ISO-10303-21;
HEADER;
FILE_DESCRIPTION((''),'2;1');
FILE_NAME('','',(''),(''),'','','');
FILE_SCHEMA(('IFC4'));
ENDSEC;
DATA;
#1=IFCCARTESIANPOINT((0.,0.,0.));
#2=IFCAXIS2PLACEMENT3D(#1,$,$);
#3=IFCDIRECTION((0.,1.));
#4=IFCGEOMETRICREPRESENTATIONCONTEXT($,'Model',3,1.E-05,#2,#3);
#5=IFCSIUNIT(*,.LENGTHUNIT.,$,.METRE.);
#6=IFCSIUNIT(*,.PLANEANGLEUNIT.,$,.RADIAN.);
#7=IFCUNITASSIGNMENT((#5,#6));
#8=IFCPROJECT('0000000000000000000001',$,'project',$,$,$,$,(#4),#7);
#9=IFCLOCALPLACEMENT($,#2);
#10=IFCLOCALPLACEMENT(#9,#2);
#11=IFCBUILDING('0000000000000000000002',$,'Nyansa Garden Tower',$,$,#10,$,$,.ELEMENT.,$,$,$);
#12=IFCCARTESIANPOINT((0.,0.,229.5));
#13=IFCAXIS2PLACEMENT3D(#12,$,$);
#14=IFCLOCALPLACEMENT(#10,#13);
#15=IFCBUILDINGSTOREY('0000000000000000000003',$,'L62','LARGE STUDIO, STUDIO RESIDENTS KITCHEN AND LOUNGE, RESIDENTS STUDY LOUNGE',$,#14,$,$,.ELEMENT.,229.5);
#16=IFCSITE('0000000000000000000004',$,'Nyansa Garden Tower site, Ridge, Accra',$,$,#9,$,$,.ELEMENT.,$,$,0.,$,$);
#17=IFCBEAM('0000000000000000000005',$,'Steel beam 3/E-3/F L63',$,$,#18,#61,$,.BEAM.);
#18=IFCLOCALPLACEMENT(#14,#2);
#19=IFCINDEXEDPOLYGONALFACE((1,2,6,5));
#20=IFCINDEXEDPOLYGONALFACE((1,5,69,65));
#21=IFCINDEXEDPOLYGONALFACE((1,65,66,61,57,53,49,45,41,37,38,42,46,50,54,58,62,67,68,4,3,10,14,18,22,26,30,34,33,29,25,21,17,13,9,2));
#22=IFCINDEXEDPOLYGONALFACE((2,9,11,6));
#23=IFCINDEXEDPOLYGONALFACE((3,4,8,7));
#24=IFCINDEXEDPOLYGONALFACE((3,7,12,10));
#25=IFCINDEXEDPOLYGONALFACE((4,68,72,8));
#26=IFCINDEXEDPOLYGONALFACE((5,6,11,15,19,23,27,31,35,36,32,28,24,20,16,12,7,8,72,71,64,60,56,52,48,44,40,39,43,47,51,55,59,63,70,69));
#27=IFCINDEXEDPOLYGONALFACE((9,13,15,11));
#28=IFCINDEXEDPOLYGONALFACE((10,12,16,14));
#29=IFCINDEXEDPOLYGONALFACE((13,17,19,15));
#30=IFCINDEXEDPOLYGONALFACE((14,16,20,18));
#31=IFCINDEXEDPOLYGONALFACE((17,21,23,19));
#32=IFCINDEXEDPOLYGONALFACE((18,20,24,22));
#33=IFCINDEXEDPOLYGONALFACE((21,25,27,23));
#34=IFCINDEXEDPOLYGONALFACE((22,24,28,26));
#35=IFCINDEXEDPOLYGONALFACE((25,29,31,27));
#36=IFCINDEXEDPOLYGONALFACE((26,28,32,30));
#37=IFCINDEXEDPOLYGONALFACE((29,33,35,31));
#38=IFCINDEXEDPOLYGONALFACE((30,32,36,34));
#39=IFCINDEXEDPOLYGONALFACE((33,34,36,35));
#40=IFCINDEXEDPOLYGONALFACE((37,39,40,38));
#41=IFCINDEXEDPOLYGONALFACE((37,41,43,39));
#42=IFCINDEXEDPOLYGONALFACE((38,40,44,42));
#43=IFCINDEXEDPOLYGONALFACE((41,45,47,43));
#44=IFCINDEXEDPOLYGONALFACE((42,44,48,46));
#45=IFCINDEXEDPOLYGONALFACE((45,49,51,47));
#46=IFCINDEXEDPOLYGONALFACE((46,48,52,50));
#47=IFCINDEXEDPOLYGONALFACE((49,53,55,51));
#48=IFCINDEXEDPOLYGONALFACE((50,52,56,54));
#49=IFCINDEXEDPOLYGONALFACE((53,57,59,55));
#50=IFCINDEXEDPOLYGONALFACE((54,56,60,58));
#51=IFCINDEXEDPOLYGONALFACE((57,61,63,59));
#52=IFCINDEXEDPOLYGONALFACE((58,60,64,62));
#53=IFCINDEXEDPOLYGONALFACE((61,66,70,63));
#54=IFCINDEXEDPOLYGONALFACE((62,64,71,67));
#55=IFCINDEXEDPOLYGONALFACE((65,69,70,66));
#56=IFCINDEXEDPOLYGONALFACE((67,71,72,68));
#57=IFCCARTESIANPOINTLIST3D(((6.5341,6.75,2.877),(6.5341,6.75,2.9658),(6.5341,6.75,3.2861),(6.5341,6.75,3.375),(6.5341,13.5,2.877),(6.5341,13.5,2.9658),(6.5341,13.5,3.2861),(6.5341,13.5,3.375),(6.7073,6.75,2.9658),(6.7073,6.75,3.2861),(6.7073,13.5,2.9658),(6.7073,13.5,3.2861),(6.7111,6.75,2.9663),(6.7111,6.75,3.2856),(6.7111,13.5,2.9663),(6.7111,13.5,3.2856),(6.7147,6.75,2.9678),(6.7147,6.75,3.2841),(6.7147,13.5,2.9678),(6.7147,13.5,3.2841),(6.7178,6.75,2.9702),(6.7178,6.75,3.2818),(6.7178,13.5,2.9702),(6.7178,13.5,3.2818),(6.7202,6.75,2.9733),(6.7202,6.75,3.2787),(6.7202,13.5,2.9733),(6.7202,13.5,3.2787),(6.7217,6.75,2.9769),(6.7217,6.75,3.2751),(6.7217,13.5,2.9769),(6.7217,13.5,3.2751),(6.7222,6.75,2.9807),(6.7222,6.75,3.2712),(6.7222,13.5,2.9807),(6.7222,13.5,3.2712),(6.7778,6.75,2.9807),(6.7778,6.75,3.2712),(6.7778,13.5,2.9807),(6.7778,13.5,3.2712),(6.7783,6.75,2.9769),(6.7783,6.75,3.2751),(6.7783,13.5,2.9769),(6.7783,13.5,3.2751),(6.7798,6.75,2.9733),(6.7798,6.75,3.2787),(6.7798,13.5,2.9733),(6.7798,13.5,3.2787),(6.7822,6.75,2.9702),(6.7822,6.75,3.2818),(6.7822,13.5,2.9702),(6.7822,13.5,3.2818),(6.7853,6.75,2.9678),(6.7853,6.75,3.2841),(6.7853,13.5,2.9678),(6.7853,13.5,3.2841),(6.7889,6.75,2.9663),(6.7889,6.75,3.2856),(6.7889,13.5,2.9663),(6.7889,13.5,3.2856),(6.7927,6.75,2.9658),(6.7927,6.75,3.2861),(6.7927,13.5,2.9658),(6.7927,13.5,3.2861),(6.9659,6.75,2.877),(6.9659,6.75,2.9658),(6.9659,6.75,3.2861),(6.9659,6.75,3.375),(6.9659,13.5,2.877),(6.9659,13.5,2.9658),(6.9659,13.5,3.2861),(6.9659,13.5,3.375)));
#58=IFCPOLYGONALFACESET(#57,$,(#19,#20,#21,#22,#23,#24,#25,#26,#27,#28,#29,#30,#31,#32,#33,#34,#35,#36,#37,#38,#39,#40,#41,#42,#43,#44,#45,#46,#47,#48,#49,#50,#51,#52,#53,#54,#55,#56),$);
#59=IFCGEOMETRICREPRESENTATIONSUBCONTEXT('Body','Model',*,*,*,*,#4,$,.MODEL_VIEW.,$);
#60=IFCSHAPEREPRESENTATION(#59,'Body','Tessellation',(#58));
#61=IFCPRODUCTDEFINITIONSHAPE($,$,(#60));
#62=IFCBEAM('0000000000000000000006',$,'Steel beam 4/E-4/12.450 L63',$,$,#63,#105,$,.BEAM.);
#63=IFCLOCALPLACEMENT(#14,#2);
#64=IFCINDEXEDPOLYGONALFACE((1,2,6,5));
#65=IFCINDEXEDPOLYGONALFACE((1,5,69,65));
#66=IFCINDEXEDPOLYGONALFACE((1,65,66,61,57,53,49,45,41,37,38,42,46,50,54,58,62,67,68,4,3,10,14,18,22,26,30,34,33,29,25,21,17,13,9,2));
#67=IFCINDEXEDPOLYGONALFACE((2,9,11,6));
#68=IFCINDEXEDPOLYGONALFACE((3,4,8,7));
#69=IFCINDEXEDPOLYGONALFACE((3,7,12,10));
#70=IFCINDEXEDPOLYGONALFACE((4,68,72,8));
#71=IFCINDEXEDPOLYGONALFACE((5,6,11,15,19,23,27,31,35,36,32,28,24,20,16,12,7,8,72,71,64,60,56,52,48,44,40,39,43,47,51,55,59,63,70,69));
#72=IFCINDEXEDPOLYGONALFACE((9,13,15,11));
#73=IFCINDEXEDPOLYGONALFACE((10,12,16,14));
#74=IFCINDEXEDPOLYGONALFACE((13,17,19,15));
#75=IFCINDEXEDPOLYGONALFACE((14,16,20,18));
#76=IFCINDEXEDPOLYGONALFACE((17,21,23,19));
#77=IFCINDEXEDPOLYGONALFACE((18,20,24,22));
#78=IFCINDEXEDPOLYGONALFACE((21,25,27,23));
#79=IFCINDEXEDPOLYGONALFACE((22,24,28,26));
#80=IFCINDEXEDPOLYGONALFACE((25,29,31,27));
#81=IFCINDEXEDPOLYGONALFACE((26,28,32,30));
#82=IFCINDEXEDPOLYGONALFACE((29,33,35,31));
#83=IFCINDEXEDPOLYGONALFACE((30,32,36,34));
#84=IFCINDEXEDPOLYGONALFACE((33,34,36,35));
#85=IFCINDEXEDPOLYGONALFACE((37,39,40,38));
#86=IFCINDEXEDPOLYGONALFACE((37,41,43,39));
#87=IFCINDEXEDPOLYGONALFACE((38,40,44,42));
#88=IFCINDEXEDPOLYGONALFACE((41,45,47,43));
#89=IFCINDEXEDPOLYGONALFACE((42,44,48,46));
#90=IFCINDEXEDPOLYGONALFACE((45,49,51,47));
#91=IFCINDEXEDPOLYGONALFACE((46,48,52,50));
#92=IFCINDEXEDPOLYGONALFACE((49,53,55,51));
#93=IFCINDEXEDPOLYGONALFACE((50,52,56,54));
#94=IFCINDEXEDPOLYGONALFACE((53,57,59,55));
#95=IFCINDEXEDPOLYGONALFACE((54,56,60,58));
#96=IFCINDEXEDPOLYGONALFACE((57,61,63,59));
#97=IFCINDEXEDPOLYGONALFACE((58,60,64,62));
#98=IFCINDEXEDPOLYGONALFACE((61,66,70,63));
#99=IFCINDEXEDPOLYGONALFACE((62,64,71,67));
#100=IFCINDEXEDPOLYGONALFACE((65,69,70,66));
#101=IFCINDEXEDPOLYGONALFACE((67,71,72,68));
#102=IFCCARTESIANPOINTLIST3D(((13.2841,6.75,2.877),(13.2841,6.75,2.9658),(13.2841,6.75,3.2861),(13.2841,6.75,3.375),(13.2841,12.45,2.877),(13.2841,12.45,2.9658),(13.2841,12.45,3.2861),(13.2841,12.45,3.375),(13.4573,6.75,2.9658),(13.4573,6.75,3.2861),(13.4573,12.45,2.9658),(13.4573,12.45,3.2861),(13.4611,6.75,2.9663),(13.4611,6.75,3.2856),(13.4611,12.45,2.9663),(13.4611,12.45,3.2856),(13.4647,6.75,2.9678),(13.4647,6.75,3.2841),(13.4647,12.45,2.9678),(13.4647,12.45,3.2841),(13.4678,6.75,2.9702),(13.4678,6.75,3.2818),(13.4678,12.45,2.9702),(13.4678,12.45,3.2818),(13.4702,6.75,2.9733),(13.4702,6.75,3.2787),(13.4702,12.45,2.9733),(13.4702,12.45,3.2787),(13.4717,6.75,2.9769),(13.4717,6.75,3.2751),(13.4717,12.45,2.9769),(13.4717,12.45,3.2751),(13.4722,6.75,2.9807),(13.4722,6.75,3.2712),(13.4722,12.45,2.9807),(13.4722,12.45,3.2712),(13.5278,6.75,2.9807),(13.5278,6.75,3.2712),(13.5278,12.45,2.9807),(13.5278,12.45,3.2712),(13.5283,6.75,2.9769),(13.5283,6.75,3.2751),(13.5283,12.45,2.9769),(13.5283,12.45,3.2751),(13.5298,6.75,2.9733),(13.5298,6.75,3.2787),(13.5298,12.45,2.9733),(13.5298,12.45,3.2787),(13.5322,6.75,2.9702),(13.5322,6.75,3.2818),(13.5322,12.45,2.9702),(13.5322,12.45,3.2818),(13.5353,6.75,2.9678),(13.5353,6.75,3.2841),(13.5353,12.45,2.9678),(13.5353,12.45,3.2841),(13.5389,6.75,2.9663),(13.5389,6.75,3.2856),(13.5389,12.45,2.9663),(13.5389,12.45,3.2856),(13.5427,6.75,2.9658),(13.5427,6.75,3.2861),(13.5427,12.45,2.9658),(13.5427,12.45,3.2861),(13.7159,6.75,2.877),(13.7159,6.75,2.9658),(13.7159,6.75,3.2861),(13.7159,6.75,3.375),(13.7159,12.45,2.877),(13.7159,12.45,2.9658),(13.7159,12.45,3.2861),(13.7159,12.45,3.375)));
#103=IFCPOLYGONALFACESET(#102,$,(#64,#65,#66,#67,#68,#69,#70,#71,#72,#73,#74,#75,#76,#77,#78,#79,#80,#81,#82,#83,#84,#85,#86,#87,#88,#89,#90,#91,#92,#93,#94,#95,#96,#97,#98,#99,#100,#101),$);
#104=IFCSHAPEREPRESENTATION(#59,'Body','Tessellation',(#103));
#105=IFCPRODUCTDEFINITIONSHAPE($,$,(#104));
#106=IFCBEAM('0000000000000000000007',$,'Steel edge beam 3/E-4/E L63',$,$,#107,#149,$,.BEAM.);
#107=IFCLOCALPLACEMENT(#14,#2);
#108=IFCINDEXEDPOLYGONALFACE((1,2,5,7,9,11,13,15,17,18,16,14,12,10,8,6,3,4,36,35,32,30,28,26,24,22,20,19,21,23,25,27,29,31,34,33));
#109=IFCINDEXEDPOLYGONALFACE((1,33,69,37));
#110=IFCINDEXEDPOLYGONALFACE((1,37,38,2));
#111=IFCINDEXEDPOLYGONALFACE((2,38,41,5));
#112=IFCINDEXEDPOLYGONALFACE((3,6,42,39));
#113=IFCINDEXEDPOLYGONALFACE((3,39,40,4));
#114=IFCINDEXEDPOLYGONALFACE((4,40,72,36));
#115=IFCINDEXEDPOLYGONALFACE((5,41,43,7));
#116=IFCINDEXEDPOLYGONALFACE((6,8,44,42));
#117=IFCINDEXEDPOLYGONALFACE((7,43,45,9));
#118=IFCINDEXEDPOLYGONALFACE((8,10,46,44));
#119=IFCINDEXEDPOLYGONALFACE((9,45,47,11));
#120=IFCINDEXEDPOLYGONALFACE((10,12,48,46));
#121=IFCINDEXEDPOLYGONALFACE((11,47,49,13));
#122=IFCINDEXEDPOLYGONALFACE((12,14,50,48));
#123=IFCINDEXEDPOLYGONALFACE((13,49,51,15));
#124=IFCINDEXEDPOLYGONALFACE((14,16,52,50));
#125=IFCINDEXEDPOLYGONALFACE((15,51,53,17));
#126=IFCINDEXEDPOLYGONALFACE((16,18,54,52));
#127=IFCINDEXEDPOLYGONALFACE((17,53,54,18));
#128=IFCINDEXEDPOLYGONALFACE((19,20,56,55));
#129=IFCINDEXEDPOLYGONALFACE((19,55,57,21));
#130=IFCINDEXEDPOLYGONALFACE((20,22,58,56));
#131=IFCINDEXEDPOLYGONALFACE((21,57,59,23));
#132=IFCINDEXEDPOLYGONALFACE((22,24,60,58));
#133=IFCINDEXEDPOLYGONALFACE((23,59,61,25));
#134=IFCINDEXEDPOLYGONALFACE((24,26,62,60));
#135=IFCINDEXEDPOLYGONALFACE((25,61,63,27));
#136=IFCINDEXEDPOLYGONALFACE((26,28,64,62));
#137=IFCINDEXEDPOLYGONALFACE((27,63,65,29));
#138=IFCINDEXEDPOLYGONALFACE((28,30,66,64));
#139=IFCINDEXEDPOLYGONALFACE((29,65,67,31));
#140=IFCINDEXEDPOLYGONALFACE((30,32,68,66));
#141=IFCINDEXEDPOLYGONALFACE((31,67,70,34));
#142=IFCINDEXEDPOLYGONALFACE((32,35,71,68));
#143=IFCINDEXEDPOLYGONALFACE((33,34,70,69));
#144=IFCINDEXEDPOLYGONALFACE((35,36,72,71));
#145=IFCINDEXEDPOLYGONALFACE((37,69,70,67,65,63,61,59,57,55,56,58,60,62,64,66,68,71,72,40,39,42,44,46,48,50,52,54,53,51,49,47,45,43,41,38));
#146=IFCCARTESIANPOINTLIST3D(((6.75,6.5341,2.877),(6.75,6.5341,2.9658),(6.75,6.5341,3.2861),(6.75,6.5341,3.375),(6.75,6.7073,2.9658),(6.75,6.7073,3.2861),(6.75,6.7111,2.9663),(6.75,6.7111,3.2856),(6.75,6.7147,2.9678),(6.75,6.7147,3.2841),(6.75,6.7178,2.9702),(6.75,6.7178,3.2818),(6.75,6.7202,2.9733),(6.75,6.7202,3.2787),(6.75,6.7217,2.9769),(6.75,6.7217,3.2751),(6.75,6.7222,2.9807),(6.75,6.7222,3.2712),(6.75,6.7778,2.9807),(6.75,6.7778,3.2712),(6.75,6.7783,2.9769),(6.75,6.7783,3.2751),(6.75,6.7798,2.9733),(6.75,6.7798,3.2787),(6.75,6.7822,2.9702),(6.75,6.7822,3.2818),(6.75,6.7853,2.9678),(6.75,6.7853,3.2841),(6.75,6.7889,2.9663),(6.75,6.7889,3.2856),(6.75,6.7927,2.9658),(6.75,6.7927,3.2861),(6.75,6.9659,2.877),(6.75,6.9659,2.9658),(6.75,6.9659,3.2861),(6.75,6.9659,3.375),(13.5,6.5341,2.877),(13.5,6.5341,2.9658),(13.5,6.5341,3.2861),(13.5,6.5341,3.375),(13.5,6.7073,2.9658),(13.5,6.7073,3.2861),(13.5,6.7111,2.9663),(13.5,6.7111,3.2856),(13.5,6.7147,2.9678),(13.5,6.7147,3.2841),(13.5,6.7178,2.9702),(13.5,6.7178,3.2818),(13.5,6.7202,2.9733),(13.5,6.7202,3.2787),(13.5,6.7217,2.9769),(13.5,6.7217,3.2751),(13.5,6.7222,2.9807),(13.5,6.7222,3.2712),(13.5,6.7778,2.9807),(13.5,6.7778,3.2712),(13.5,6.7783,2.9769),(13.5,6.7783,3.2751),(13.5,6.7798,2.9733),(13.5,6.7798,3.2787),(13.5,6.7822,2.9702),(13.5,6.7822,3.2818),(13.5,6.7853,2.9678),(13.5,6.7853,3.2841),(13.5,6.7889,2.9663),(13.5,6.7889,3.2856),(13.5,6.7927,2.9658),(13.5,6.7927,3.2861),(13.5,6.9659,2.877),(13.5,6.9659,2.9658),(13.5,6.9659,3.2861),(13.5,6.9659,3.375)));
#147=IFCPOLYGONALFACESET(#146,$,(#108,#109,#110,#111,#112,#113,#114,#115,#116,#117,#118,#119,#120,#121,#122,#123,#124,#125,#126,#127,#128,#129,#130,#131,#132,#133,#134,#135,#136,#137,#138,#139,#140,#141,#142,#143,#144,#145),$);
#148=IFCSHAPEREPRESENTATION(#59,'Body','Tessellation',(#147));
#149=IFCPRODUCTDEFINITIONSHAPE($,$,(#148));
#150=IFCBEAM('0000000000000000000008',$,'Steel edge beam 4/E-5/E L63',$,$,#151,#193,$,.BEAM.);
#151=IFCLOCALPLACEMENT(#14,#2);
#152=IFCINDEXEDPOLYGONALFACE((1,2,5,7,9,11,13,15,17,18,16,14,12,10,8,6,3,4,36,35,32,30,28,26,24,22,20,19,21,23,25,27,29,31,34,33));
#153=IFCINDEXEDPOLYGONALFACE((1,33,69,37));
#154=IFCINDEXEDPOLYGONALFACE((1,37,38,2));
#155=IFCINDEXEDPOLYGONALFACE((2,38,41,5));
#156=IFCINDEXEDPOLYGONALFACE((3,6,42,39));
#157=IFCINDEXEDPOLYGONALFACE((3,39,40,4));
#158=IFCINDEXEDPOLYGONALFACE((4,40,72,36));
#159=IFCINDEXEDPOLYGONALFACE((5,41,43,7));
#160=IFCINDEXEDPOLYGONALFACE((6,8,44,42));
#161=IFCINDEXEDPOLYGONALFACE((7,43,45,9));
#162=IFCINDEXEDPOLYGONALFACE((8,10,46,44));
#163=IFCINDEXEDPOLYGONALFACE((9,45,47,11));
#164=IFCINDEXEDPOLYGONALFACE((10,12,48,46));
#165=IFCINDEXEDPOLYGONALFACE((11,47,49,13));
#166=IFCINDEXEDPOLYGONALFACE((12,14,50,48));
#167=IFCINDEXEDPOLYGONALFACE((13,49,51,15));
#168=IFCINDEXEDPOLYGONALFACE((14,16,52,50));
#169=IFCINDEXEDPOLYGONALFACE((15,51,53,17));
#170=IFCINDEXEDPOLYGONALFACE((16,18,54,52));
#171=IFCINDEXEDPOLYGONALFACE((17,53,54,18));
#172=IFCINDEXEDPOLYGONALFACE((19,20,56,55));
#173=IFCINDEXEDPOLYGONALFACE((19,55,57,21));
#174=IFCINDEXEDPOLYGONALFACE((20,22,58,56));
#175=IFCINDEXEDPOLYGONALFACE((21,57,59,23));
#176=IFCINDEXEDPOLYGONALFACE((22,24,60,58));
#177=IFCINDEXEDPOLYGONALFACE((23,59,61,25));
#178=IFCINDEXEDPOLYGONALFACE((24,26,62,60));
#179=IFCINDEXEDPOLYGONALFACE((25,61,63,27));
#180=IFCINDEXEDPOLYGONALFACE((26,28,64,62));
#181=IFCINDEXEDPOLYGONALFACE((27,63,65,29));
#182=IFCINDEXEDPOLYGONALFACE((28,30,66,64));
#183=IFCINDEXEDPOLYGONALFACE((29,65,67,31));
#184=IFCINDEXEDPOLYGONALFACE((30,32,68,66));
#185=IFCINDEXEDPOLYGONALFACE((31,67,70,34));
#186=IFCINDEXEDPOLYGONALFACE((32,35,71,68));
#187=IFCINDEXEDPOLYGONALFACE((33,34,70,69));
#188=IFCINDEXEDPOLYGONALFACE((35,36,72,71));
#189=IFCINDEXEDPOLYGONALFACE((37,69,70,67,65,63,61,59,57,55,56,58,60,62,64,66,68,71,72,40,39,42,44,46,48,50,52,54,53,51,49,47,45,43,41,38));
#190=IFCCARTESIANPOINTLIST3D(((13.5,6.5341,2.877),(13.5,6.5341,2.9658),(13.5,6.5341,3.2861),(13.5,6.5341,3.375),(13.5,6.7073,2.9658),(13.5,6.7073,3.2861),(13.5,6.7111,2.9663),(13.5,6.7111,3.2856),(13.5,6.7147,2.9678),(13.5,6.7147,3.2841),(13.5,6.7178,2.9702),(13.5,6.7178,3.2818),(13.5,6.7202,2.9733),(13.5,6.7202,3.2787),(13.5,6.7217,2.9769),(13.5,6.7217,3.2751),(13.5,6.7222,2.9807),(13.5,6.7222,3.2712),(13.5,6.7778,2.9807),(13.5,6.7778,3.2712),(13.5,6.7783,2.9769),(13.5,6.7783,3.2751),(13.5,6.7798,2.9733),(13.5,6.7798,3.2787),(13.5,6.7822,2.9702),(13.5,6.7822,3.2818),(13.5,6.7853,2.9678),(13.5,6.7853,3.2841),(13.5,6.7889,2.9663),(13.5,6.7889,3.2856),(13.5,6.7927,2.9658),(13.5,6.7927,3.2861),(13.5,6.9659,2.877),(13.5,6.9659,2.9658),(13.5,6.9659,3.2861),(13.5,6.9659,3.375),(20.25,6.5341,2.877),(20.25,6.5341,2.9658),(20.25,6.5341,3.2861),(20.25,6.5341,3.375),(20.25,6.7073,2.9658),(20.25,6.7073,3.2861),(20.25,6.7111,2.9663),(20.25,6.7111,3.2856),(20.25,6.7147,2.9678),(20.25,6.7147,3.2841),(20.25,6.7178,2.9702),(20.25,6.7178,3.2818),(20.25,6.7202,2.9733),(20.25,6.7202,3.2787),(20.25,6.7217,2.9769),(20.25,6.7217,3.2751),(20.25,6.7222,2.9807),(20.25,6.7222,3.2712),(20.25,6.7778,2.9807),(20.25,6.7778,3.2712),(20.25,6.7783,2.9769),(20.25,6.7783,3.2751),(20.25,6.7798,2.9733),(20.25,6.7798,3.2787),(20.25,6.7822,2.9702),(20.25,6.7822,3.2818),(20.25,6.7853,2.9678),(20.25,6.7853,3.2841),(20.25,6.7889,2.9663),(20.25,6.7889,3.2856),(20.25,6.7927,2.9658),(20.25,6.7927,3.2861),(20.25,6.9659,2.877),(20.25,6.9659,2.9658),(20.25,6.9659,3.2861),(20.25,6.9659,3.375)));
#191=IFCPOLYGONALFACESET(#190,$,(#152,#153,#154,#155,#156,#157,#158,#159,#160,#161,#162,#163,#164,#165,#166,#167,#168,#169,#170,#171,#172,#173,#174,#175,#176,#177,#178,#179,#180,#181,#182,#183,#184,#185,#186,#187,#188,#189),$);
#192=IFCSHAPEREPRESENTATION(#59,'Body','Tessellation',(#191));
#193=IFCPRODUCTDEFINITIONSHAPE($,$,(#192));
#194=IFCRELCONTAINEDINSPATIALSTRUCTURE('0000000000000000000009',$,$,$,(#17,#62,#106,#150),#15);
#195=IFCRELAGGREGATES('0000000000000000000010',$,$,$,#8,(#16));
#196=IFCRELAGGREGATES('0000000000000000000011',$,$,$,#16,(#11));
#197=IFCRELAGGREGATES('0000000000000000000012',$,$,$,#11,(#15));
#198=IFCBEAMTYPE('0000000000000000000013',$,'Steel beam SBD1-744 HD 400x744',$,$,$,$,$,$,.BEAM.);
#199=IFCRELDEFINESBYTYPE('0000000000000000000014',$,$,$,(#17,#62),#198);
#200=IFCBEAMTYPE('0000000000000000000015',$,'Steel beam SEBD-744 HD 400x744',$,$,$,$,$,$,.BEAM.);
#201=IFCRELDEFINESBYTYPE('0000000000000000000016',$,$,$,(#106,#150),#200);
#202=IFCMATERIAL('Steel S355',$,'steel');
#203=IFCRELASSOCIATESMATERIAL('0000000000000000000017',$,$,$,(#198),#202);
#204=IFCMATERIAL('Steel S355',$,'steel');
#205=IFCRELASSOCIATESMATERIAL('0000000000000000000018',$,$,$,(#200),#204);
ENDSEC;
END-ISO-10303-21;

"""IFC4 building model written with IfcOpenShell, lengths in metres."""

from ifc_helpers import new_model, si_unit, direction, frame, origin, origin_2d, place, context, subcontext, project, spatial, i_section, extrude, material, material_profile, profile_set, type_object, element, save


model = new_model("IFC4")

# Units and contexts
model_context = context("Model", 3, precision=1e-05, world=origin(), true_north=direction((0.0, 1.0)))
body_context = subcontext(model_context, "Body", "Model", "MODEL_VIEW")
ifc_project = project(units=[si_unit("LENGTHUNIT", "METRE"), si_unit("PLANEANGLEUNIT", "RADIAN")], contexts=[model_context])

# Site, building, storey
site_placement = place(None, origin())
site = spatial("IfcSite", under=ifc_project, at=site_placement, Name="Nyansa Garden Tower site, Ridge, Accra", CompositionType="ELEMENT", RefElevation=0.0)
building_placement = place(site_placement, origin())
building = spatial("IfcBuilding", under=site, at=building_placement, Name="Nyansa Garden Tower", CompositionType="ELEMENT")
storey_placement = place(building_placement, frame((0.0, 0.0, 229.5)))
storey = spatial("IfcBuildingStorey", under=building, at=storey_placement, Name="L62", Description="LARGE STUDIO, STUDIO RESIDENTS KITCHEN AND LOUNGE, RESIDENTS STUDY LOUNGE", CompositionType="ELEMENT", Elevation=229.5)

# Beams
ifc_material_1 = material(Name="Steel S355", Category="steel")
ifc_material_profile_1 = material_profile(ifc_material_1, i_section(OverallWidth=0.4319, OverallDepth=0.498, WebThickness=0.0557, FlangeThickness=0.0889, FilletRadius=0.0149, at=origin_2d()), Name="HD 400x744")
ifc_profile_set_1 = profile_set([ifc_material_profile_1], Name="Steel S355")
beam_type_1 = type_object("IfcBeamType", Name="Steel beam SBD1-744 HD 400x744", PredefinedType="BEAM", material=ifc_profile_set_1)
beam_1_placement = place(storey_placement, frame((6.75, 6.75, 3.126), z_axis=(0.0, 1.0, 0.0), x_axis=(-1.0, 0.0, 0.0)))
element("IfcBeam", 1, at=beam_1_placement, inside=storey, type_object=beam_type_1, Name="Steel beam 3/E-3/F L63", PredefinedType="BEAM", context=body_context, shape_type="SweptSolid", body=[
    extrude(i_section(OverallWidth=0.4319, OverallDepth=0.498, WebThickness=0.0557, FlangeThickness=0.0889, FilletRadius=0.0149, at=origin_2d()), origin(), (0.0, 0.0, 1.0), 6.75),
])
beam_2_placement = place(storey_placement, frame((13.5, 6.75, 3.126), z_axis=(0.0, 1.0, 0.0), x_axis=(-1.0, 0.0, 0.0)))
element("IfcBeam", 2, at=beam_2_placement, inside=storey, type_object=beam_type_1, Name="Steel beam 4/E-4/12.450 L63", PredefinedType="BEAM", context=body_context, shape_type="SweptSolid", body=[
    extrude(i_section(OverallWidth=0.4319, OverallDepth=0.498, WebThickness=0.0557, FlangeThickness=0.0889, FilletRadius=0.0149, at=origin_2d()), origin(), (0.0, 0.0, 1.0), 5.7),
])
ifc_material_2 = material(Name="Steel S355", Category="steel")
ifc_material_profile_2 = material_profile(ifc_material_2, i_section(OverallWidth=0.4319, OverallDepth=0.498, WebThickness=0.0557, FlangeThickness=0.0889, FilletRadius=0.0149, at=origin_2d()), Name="HD 400x744")
ifc_profile_set_2 = profile_set([ifc_material_profile_2], Name="Steel S355")
beam_type_2 = type_object("IfcBeamType", Name="Steel beam SEBD-744 HD 400x744", PredefinedType="BEAM", material=ifc_profile_set_2)
for number, where, z_axis, x_axis, name in (
    (3, (6.75, 6.75, 3.126), (1.0, 0.0, 0.0), (0.0, 1.0, 0.0), "Steel edge beam 3/E-4/E L63"),
    (4, (13.5, 6.75, 3.126), (1.0, 0.0, 0.0), (0.0, 1.0, 0.0), "Steel edge beam 4/E-5/E L63"),
):
    element("IfcBeam", number, at=place(storey_placement, frame(where, z_axis=z_axis, x_axis=x_axis)), inside=storey, type_object=beam_type_2, Name=name, PredefinedType="BEAM", context=body_context, shape_type="SweptSolid", body=[
        extrude(i_section(OverallWidth=0.4319, OverallDepth=0.498, WebThickness=0.0557, FlangeThickness=0.0889, FilletRadius=0.0149, at=origin_2d()), origin(), (0.0, 0.0, 1.0), 6.75),
    ])

save(model, "model.ifc")
